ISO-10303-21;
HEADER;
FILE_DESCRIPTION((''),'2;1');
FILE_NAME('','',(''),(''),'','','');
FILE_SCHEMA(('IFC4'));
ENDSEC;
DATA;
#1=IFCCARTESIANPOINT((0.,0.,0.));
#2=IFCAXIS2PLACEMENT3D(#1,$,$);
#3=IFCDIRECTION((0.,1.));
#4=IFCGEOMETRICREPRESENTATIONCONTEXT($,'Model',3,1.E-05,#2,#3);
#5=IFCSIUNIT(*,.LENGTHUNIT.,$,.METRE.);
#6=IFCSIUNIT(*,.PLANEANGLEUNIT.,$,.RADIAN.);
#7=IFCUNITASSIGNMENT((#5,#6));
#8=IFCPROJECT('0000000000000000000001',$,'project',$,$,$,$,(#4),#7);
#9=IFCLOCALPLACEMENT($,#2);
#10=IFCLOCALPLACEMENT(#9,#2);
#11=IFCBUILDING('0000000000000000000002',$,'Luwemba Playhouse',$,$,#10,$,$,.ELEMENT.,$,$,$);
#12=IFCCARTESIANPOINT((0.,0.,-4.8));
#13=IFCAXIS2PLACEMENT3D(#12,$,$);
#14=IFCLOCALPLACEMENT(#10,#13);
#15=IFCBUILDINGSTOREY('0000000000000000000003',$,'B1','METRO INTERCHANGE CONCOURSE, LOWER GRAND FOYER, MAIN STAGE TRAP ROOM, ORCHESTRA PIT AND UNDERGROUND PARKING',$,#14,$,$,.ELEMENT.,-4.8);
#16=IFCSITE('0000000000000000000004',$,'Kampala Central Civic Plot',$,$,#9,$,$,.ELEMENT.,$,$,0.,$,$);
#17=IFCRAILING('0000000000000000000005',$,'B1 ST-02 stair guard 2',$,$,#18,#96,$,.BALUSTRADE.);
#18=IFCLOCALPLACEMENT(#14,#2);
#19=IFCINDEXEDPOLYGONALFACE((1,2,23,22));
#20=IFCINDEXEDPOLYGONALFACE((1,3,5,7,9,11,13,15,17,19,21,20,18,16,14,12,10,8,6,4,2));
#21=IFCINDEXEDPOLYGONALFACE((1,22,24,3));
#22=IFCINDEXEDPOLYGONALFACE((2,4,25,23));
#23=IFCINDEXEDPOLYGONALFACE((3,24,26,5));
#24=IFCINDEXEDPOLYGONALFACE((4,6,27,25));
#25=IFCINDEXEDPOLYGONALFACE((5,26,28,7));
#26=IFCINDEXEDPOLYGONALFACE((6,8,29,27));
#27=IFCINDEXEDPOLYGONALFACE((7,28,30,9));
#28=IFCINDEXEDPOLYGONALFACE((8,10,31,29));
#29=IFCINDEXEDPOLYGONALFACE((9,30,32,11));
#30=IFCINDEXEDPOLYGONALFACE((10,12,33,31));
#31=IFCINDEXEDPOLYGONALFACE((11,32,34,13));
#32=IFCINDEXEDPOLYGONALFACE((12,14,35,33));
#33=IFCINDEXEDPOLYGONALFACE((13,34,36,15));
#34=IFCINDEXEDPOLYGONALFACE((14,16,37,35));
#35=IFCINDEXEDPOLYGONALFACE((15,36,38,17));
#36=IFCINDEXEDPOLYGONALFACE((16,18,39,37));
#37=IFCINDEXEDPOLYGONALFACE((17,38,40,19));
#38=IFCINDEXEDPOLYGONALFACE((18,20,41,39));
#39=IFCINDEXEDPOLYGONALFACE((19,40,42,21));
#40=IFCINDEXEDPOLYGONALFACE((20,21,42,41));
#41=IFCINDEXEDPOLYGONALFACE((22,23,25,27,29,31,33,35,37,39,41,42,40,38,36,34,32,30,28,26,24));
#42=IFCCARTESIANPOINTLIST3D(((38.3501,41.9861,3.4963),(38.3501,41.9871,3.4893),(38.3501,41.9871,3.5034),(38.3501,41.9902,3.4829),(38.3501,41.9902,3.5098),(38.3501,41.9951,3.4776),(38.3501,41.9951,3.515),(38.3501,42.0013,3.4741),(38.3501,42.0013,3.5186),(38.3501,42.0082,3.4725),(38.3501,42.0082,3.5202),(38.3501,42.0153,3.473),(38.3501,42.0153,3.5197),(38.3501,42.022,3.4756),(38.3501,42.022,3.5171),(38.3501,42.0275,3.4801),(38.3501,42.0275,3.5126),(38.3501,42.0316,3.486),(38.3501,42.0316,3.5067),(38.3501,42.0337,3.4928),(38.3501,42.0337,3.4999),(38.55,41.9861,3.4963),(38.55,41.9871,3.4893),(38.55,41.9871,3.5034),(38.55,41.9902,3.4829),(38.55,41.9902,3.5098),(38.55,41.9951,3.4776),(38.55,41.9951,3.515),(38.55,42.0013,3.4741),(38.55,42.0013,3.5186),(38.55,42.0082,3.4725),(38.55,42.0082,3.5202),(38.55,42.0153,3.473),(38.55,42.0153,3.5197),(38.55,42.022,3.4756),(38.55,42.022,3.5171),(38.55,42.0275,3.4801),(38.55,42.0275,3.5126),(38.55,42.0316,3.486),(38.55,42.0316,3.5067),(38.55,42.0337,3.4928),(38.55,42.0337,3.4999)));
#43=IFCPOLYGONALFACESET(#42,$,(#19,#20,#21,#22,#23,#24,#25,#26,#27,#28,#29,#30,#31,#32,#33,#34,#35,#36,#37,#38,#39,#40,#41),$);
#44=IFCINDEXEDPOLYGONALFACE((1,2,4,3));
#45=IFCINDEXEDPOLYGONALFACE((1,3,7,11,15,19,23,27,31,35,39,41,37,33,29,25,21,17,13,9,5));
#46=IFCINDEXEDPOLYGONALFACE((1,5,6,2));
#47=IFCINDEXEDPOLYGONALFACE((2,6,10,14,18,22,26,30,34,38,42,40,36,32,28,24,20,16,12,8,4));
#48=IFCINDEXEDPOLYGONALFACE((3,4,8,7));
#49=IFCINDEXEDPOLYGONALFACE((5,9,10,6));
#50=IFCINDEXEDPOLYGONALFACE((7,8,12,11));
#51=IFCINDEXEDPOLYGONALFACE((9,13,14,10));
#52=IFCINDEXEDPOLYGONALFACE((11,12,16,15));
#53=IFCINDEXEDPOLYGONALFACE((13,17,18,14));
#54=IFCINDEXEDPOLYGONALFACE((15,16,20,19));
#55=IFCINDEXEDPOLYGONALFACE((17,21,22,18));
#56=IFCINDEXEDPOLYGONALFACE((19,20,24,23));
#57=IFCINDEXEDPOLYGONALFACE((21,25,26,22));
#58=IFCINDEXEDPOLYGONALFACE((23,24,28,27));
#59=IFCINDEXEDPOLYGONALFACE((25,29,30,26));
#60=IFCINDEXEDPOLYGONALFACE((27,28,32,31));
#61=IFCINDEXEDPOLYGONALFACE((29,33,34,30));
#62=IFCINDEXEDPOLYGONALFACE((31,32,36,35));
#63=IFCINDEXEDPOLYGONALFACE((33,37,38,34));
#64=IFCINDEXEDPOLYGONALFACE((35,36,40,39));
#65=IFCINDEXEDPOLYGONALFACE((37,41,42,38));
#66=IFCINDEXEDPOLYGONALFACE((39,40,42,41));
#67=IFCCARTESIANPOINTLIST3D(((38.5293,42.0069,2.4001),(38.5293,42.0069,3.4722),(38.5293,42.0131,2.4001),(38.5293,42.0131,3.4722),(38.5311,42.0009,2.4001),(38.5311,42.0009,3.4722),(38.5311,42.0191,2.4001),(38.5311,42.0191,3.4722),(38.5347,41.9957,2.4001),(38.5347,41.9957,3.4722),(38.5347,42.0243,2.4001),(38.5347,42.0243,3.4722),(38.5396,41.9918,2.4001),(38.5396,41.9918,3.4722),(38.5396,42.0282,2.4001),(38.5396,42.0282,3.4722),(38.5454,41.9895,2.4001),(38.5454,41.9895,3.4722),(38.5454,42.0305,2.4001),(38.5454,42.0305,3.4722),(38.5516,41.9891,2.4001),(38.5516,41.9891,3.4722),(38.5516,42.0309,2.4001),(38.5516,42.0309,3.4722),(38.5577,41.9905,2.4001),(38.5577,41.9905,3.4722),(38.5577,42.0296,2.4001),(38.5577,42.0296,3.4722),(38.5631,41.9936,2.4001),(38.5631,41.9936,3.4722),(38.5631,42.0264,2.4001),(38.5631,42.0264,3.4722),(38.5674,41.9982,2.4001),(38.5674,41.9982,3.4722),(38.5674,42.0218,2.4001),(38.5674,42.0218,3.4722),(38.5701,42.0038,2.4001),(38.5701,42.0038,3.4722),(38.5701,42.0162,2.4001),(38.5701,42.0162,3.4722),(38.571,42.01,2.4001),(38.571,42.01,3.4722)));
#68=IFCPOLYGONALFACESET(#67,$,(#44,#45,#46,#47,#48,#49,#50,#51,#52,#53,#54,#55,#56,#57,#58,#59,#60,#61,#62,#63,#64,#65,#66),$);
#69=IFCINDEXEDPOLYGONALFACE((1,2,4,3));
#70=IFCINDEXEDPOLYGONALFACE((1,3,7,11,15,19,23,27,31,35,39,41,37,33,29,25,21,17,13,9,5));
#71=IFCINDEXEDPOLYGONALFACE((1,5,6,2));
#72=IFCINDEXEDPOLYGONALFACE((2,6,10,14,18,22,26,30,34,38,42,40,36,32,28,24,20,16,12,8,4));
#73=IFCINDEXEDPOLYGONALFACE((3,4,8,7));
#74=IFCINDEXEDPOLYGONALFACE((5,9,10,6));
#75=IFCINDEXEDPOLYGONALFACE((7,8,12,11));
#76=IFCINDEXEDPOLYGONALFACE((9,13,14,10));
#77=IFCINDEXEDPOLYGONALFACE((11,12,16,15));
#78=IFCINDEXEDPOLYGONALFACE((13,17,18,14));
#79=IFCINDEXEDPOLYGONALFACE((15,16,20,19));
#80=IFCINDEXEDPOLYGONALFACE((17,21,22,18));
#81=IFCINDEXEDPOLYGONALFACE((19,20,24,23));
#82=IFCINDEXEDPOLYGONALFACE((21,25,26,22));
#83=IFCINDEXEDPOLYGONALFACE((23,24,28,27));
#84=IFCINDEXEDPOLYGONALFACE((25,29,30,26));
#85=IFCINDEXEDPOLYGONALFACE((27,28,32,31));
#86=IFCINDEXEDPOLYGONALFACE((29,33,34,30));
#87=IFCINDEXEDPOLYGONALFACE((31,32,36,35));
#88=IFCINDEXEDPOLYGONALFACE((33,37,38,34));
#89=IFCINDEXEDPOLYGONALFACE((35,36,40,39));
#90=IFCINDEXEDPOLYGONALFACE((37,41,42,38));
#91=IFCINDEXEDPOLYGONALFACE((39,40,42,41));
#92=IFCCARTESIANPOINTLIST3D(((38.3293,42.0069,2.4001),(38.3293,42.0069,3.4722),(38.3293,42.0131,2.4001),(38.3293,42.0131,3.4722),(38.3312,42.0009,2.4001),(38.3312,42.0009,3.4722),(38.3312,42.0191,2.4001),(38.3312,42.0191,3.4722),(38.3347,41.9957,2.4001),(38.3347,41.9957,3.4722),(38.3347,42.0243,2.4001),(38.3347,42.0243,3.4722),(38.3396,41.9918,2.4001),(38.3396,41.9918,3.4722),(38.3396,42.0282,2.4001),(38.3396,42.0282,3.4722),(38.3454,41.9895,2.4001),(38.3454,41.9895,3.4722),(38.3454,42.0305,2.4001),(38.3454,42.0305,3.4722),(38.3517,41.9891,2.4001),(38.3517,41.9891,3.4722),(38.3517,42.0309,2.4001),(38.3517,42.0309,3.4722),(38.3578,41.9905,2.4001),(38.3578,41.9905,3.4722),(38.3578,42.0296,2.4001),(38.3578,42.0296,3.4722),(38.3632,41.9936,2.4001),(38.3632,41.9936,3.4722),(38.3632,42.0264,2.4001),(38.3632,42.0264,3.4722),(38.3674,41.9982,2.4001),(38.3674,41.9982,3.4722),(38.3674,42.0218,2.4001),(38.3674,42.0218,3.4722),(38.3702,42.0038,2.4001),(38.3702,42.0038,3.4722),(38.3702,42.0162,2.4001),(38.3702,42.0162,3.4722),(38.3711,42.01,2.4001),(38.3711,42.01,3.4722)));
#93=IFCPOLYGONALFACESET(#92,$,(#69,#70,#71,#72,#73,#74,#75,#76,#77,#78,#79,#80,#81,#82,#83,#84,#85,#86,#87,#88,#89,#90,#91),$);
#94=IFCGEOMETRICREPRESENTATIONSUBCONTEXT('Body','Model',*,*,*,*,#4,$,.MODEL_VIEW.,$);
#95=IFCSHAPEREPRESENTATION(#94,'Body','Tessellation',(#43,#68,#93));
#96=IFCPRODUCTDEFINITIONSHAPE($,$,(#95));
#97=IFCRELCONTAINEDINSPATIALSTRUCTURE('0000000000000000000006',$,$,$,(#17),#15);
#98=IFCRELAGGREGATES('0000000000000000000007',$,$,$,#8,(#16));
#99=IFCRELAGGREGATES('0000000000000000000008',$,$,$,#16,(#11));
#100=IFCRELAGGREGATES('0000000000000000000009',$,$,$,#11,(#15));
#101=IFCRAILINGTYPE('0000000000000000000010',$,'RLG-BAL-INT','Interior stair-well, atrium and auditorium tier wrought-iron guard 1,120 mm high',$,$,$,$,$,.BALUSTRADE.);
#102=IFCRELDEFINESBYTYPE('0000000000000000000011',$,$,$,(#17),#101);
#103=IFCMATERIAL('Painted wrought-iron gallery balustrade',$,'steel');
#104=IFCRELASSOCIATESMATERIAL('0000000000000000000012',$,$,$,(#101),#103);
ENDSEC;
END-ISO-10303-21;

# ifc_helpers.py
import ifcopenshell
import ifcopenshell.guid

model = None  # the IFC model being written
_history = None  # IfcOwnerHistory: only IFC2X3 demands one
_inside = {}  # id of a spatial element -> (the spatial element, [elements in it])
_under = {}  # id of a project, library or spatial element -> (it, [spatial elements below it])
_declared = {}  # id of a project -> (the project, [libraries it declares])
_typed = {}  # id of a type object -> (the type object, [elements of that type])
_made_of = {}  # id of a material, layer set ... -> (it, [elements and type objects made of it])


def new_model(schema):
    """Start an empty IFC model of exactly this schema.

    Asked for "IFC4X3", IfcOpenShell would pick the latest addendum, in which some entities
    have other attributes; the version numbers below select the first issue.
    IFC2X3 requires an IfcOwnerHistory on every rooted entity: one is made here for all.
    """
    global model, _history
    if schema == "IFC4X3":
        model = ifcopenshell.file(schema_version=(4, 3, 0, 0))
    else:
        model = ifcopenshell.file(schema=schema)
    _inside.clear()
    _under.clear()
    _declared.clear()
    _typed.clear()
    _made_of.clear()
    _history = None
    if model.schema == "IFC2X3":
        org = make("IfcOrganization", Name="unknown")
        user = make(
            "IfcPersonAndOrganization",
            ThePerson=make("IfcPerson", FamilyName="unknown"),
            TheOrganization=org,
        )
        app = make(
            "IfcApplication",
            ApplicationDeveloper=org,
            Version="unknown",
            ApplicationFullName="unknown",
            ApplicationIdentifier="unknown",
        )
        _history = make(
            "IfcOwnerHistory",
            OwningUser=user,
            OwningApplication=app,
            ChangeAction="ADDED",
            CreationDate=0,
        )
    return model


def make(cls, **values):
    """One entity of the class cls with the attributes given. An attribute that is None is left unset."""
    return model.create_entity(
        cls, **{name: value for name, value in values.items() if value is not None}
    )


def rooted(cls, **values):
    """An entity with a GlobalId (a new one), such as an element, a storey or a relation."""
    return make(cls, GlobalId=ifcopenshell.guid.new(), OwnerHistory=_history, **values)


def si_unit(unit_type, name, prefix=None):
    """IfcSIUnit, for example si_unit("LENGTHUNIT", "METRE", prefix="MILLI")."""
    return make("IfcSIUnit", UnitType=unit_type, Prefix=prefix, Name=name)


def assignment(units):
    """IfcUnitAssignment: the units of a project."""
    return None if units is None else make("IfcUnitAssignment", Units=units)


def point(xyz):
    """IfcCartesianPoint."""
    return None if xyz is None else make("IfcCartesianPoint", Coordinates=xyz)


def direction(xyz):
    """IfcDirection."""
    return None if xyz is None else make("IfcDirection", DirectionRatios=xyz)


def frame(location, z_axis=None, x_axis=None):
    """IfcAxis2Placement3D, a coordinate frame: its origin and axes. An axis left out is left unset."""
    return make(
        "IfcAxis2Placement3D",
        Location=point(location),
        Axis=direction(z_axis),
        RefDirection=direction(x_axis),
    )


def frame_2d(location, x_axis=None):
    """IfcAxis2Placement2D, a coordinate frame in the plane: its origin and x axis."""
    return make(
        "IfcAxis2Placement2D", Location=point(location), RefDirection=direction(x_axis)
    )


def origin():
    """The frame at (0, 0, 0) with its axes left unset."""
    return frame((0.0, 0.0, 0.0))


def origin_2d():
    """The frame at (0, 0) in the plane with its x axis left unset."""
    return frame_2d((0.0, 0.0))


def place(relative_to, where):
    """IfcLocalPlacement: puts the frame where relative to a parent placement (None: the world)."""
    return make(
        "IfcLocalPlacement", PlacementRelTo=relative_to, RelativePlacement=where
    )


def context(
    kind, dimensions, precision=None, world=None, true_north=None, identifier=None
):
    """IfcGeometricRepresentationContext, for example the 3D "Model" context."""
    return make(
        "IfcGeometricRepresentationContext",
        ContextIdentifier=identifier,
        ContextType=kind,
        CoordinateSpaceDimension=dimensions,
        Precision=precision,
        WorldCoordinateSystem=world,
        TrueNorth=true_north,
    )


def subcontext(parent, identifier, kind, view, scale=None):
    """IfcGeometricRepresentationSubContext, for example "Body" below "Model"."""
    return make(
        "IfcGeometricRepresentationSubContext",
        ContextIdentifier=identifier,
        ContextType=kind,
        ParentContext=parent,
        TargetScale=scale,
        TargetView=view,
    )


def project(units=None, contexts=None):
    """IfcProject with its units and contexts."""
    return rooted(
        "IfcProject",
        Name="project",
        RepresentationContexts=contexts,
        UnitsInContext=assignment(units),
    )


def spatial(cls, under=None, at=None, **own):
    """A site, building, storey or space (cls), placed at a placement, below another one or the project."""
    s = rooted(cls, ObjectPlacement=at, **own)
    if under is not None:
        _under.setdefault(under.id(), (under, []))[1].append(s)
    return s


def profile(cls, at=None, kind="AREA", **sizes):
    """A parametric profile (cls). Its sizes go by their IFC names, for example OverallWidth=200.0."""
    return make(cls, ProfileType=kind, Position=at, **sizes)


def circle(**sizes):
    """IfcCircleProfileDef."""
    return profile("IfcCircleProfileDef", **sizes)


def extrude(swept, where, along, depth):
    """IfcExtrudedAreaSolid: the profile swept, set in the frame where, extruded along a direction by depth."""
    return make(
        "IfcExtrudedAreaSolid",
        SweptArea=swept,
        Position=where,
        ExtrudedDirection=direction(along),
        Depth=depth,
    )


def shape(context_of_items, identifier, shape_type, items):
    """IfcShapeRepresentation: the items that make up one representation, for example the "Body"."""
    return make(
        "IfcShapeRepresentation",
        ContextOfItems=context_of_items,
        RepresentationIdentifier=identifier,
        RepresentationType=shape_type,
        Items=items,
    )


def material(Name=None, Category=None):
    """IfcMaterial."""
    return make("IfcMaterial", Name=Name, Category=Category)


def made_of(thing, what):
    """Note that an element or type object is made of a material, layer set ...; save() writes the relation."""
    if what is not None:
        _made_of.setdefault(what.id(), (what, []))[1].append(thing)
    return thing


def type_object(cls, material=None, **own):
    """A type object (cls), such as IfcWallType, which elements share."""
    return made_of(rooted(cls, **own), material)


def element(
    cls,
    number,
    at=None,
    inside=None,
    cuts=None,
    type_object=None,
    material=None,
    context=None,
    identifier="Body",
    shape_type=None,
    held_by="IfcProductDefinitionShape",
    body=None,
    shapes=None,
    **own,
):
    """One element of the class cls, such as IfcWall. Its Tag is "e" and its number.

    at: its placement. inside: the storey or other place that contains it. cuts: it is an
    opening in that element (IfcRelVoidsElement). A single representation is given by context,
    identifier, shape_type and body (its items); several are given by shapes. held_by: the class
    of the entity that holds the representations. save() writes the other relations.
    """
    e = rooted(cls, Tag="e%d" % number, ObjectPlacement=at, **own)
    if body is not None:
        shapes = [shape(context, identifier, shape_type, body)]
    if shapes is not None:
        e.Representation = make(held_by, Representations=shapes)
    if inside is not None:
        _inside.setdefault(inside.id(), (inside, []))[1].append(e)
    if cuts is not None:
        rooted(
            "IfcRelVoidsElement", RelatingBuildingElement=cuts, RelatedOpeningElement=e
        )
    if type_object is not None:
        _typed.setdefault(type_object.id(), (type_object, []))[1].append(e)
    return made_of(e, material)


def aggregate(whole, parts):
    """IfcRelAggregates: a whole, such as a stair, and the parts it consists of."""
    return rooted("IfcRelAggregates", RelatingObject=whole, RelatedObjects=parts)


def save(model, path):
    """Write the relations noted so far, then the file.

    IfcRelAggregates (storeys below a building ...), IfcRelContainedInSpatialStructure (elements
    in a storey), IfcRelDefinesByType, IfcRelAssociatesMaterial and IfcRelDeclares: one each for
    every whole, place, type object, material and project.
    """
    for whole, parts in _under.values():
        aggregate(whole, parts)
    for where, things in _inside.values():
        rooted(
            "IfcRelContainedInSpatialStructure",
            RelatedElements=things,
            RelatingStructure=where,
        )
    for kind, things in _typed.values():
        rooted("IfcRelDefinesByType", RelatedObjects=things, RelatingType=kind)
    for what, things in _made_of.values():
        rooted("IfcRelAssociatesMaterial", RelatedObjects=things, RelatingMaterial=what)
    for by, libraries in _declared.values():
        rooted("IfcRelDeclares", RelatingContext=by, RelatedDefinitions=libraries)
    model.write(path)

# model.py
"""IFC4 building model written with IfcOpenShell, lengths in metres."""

from ifc_helpers import new_model, si_unit, direction, frame, origin, origin_2d, place, context, subcontext, project, spatial, circle, extrude, material, type_object, element, save


model = new_model("IFC4")

# Units and contexts
model_context = context("Model", 3, precision=1e-05, world=origin(), true_north=direction((0.0, 1.0)))
body_context = subcontext(model_context, "Body", "Model", "MODEL_VIEW")
ifc_project = project(units=[si_unit("LENGTHUNIT", "METRE"), si_unit("PLANEANGLEUNIT", "RADIAN")], contexts=[model_context])

# Site, building, storey
site_placement = place(None, origin())
site = spatial("IfcSite", under=ifc_project, at=site_placement, Name="Kampala Central Civic Plot", CompositionType="ELEMENT", RefElevation=0.0)
building_placement = place(site_placement, origin())
building = spatial("IfcBuilding", under=site, at=building_placement, Name="Luwemba Playhouse", CompositionType="ELEMENT")
storey_placement = place(building_placement, frame((0.0, 0.0, -4.8)))
storey = spatial("IfcBuildingStorey", under=building, at=storey_placement, Name="B1", Description="METRO INTERCHANGE CONCOURSE, LOWER GRAND FOYER, MAIN STAGE TRAP ROOM, ORCHESTRA PIT AND UNDERGROUND PARKING", CompositionType="ELEMENT", Elevation=-4.8)

# Railing
ifc_material_1 = material(Name="Painted wrought-iron gallery balustrade", Category="steel")
railing_type_1 = type_object("IfcRailingType", Name="RLG-BAL-INT", Description="Interior stair-well, atrium and auditorium tier wrought-iron guard 1,120 mm high", PredefinedType="BALUSTRADE", material=ifc_material_1)
railing_1_placement = place(storey_placement, frame((38.55, 42.01, 2.4001)))
element("IfcRailing", 1, at=railing_1_placement, inside=storey, type_object=railing_type_1, Name="B1 ST-02 stair guard 2", PredefinedType="BALUSTRADE", context=body_context, shape_type="SweptSolid", body=[
    extrude(circle(Radius=0.0239, at=origin_2d()), frame((0.0, 0.0, 1.0962), z_axis=(-1.0, 0.0, 0.0), x_axis=(0.0, -1.0, 0.0)), (0.0, 0.0, 1.0), 0.2),
    extrude(circle(Radius=0.021, at=origin_2d()), origin(), (0.0, 0.0, 1.0), 1.072),
    extrude(circle(Radius=0.021, at=origin_2d()), frame((-0.2, 0.0, 0.0)), (0.0, 0.0, 1.0), 1.072),
])

save(model, "model.ifc")
